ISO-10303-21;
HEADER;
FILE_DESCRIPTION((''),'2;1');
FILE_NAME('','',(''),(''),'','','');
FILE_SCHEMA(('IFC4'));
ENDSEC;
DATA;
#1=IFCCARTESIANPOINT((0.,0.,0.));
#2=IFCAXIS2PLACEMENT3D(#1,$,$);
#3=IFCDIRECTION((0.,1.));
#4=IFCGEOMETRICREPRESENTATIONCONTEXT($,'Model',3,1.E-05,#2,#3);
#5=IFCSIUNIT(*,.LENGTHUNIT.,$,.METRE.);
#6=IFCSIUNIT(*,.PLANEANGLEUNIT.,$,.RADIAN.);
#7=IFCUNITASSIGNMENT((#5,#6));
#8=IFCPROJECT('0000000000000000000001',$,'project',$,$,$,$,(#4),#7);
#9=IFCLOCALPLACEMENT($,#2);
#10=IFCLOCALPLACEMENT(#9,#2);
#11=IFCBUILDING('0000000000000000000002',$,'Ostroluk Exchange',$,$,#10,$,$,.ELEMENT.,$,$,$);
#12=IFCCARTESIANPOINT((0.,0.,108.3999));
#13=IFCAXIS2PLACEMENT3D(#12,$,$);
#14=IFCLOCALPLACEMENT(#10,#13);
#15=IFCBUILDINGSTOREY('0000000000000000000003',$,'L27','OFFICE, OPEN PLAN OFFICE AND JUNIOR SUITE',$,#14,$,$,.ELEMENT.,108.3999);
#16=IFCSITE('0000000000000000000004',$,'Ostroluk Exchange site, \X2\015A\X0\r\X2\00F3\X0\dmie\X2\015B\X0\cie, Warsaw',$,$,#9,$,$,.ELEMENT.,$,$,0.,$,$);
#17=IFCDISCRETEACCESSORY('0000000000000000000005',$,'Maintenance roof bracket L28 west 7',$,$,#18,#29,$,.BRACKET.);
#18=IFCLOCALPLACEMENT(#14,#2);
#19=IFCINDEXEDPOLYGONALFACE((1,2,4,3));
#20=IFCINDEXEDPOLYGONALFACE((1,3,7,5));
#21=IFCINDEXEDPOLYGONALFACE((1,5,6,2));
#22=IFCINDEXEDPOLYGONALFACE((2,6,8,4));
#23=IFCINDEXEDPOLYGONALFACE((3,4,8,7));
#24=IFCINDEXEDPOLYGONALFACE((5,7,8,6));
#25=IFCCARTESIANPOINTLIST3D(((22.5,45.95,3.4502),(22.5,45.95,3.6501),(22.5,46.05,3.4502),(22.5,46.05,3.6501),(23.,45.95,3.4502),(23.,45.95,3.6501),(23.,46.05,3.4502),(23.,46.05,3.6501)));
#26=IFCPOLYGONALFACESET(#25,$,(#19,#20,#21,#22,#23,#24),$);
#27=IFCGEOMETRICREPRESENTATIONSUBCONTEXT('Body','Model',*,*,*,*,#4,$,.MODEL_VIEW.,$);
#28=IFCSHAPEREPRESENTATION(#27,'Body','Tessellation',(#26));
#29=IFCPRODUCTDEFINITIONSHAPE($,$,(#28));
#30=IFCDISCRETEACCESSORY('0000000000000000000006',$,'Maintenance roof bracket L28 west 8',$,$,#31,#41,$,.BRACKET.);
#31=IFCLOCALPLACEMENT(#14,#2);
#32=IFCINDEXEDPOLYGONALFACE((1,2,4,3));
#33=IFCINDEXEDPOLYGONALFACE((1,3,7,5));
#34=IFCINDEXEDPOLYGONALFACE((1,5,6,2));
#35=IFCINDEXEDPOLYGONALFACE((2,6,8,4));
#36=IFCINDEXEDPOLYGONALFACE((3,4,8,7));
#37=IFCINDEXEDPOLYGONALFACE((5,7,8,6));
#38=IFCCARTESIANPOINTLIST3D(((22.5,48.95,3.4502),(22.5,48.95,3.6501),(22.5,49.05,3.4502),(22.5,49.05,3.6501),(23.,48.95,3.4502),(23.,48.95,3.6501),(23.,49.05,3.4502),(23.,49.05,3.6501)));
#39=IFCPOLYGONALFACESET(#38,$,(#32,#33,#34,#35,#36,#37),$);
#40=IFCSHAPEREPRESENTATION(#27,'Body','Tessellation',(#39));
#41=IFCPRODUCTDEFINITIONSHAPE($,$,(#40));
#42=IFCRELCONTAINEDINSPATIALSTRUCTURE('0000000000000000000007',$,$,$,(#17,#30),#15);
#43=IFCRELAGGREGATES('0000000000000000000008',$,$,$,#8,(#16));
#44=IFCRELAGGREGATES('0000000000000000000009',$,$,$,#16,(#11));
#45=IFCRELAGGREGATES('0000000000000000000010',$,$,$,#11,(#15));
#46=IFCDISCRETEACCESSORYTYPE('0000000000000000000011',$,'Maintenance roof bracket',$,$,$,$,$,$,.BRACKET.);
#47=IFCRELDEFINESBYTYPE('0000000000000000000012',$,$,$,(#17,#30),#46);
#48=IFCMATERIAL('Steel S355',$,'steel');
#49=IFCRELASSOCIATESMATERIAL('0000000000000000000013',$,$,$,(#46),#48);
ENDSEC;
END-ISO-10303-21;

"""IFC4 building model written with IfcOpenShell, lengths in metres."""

from ifc_helpers import new_model, si_unit, direction, frame, origin, origin_2d, place, context, subcontext, project, spatial, rectangle, extrude, material, type_object, element, save


model = new_model("IFC4")

# Units and contexts
model_context = context("Model", 3, precision=1e-05, world=origin(), true_north=direction((0.0, 1.0)))
body_context = subcontext(model_context, "Body", "Model", "MODEL_VIEW")
ifc_project = project(units=[si_unit("LENGTHUNIT", "METRE"), si_unit("PLANEANGLEUNIT", "RADIAN")], contexts=[model_context])

# Site, building, storey
site_placement = place(None, origin())
site = spatial("IfcSite", under=ifc_project, at=site_placement, Name="Ostroluk Exchange site, Śródmieście, Warsaw", CompositionType="ELEMENT", RefElevation=0.0)
building_placement = place(site_placement, origin())
building = spatial("IfcBuilding", under=site, at=building_placement, Name="Ostroluk Exchange", CompositionType="ELEMENT")
storey_placement = place(building_placement, frame((0.0, 0.0, 108.3999)))
storey = spatial("IfcBuildingStorey", under=building, at=storey_placement, Name="L27", Description="OFFICE, OPEN PLAN OFFICE AND JUNIOR SUITE", CompositionType="ELEMENT", Elevation=108.3999)

# Discrete accessories
ifc_material_1 = material(Name="Steel S355", Category="steel")
discrete_accessory_type = type_object("IfcDiscreteAccessoryType", Name="Maintenance roof bracket", PredefinedType="BRACKET", material=ifc_material_1)
for number, where, z_axis, x_axis, name in (
    (1, (22.75, 46.0, 3.4502), (0.0, 0.0, 1.0), (1.0, 0.0, 0.0), "Maintenance roof bracket L28 west 7"),
    (2, (22.75, 49.0, 3.4502), (0.0, 0.0, 1.0), (1.0, 0.0, 0.0), "Maintenance roof bracket L28 west 8"),
):
    element("IfcDiscreteAccessory", number, at=place(storey_placement, frame(where, z_axis=z_axis, x_axis=x_axis)), inside=storey, type_object=discrete_accessory_type, Name=name, PredefinedType="BRACKET", context=body_context, shape_type="SweptSolid", body=[
        extrude(rectangle(XDim=0.5, YDim=0.1001, at=origin_2d()), origin(), (0.0, 0.0, 1.0), 0.2),
    ])

save(model, "model.ifc")
